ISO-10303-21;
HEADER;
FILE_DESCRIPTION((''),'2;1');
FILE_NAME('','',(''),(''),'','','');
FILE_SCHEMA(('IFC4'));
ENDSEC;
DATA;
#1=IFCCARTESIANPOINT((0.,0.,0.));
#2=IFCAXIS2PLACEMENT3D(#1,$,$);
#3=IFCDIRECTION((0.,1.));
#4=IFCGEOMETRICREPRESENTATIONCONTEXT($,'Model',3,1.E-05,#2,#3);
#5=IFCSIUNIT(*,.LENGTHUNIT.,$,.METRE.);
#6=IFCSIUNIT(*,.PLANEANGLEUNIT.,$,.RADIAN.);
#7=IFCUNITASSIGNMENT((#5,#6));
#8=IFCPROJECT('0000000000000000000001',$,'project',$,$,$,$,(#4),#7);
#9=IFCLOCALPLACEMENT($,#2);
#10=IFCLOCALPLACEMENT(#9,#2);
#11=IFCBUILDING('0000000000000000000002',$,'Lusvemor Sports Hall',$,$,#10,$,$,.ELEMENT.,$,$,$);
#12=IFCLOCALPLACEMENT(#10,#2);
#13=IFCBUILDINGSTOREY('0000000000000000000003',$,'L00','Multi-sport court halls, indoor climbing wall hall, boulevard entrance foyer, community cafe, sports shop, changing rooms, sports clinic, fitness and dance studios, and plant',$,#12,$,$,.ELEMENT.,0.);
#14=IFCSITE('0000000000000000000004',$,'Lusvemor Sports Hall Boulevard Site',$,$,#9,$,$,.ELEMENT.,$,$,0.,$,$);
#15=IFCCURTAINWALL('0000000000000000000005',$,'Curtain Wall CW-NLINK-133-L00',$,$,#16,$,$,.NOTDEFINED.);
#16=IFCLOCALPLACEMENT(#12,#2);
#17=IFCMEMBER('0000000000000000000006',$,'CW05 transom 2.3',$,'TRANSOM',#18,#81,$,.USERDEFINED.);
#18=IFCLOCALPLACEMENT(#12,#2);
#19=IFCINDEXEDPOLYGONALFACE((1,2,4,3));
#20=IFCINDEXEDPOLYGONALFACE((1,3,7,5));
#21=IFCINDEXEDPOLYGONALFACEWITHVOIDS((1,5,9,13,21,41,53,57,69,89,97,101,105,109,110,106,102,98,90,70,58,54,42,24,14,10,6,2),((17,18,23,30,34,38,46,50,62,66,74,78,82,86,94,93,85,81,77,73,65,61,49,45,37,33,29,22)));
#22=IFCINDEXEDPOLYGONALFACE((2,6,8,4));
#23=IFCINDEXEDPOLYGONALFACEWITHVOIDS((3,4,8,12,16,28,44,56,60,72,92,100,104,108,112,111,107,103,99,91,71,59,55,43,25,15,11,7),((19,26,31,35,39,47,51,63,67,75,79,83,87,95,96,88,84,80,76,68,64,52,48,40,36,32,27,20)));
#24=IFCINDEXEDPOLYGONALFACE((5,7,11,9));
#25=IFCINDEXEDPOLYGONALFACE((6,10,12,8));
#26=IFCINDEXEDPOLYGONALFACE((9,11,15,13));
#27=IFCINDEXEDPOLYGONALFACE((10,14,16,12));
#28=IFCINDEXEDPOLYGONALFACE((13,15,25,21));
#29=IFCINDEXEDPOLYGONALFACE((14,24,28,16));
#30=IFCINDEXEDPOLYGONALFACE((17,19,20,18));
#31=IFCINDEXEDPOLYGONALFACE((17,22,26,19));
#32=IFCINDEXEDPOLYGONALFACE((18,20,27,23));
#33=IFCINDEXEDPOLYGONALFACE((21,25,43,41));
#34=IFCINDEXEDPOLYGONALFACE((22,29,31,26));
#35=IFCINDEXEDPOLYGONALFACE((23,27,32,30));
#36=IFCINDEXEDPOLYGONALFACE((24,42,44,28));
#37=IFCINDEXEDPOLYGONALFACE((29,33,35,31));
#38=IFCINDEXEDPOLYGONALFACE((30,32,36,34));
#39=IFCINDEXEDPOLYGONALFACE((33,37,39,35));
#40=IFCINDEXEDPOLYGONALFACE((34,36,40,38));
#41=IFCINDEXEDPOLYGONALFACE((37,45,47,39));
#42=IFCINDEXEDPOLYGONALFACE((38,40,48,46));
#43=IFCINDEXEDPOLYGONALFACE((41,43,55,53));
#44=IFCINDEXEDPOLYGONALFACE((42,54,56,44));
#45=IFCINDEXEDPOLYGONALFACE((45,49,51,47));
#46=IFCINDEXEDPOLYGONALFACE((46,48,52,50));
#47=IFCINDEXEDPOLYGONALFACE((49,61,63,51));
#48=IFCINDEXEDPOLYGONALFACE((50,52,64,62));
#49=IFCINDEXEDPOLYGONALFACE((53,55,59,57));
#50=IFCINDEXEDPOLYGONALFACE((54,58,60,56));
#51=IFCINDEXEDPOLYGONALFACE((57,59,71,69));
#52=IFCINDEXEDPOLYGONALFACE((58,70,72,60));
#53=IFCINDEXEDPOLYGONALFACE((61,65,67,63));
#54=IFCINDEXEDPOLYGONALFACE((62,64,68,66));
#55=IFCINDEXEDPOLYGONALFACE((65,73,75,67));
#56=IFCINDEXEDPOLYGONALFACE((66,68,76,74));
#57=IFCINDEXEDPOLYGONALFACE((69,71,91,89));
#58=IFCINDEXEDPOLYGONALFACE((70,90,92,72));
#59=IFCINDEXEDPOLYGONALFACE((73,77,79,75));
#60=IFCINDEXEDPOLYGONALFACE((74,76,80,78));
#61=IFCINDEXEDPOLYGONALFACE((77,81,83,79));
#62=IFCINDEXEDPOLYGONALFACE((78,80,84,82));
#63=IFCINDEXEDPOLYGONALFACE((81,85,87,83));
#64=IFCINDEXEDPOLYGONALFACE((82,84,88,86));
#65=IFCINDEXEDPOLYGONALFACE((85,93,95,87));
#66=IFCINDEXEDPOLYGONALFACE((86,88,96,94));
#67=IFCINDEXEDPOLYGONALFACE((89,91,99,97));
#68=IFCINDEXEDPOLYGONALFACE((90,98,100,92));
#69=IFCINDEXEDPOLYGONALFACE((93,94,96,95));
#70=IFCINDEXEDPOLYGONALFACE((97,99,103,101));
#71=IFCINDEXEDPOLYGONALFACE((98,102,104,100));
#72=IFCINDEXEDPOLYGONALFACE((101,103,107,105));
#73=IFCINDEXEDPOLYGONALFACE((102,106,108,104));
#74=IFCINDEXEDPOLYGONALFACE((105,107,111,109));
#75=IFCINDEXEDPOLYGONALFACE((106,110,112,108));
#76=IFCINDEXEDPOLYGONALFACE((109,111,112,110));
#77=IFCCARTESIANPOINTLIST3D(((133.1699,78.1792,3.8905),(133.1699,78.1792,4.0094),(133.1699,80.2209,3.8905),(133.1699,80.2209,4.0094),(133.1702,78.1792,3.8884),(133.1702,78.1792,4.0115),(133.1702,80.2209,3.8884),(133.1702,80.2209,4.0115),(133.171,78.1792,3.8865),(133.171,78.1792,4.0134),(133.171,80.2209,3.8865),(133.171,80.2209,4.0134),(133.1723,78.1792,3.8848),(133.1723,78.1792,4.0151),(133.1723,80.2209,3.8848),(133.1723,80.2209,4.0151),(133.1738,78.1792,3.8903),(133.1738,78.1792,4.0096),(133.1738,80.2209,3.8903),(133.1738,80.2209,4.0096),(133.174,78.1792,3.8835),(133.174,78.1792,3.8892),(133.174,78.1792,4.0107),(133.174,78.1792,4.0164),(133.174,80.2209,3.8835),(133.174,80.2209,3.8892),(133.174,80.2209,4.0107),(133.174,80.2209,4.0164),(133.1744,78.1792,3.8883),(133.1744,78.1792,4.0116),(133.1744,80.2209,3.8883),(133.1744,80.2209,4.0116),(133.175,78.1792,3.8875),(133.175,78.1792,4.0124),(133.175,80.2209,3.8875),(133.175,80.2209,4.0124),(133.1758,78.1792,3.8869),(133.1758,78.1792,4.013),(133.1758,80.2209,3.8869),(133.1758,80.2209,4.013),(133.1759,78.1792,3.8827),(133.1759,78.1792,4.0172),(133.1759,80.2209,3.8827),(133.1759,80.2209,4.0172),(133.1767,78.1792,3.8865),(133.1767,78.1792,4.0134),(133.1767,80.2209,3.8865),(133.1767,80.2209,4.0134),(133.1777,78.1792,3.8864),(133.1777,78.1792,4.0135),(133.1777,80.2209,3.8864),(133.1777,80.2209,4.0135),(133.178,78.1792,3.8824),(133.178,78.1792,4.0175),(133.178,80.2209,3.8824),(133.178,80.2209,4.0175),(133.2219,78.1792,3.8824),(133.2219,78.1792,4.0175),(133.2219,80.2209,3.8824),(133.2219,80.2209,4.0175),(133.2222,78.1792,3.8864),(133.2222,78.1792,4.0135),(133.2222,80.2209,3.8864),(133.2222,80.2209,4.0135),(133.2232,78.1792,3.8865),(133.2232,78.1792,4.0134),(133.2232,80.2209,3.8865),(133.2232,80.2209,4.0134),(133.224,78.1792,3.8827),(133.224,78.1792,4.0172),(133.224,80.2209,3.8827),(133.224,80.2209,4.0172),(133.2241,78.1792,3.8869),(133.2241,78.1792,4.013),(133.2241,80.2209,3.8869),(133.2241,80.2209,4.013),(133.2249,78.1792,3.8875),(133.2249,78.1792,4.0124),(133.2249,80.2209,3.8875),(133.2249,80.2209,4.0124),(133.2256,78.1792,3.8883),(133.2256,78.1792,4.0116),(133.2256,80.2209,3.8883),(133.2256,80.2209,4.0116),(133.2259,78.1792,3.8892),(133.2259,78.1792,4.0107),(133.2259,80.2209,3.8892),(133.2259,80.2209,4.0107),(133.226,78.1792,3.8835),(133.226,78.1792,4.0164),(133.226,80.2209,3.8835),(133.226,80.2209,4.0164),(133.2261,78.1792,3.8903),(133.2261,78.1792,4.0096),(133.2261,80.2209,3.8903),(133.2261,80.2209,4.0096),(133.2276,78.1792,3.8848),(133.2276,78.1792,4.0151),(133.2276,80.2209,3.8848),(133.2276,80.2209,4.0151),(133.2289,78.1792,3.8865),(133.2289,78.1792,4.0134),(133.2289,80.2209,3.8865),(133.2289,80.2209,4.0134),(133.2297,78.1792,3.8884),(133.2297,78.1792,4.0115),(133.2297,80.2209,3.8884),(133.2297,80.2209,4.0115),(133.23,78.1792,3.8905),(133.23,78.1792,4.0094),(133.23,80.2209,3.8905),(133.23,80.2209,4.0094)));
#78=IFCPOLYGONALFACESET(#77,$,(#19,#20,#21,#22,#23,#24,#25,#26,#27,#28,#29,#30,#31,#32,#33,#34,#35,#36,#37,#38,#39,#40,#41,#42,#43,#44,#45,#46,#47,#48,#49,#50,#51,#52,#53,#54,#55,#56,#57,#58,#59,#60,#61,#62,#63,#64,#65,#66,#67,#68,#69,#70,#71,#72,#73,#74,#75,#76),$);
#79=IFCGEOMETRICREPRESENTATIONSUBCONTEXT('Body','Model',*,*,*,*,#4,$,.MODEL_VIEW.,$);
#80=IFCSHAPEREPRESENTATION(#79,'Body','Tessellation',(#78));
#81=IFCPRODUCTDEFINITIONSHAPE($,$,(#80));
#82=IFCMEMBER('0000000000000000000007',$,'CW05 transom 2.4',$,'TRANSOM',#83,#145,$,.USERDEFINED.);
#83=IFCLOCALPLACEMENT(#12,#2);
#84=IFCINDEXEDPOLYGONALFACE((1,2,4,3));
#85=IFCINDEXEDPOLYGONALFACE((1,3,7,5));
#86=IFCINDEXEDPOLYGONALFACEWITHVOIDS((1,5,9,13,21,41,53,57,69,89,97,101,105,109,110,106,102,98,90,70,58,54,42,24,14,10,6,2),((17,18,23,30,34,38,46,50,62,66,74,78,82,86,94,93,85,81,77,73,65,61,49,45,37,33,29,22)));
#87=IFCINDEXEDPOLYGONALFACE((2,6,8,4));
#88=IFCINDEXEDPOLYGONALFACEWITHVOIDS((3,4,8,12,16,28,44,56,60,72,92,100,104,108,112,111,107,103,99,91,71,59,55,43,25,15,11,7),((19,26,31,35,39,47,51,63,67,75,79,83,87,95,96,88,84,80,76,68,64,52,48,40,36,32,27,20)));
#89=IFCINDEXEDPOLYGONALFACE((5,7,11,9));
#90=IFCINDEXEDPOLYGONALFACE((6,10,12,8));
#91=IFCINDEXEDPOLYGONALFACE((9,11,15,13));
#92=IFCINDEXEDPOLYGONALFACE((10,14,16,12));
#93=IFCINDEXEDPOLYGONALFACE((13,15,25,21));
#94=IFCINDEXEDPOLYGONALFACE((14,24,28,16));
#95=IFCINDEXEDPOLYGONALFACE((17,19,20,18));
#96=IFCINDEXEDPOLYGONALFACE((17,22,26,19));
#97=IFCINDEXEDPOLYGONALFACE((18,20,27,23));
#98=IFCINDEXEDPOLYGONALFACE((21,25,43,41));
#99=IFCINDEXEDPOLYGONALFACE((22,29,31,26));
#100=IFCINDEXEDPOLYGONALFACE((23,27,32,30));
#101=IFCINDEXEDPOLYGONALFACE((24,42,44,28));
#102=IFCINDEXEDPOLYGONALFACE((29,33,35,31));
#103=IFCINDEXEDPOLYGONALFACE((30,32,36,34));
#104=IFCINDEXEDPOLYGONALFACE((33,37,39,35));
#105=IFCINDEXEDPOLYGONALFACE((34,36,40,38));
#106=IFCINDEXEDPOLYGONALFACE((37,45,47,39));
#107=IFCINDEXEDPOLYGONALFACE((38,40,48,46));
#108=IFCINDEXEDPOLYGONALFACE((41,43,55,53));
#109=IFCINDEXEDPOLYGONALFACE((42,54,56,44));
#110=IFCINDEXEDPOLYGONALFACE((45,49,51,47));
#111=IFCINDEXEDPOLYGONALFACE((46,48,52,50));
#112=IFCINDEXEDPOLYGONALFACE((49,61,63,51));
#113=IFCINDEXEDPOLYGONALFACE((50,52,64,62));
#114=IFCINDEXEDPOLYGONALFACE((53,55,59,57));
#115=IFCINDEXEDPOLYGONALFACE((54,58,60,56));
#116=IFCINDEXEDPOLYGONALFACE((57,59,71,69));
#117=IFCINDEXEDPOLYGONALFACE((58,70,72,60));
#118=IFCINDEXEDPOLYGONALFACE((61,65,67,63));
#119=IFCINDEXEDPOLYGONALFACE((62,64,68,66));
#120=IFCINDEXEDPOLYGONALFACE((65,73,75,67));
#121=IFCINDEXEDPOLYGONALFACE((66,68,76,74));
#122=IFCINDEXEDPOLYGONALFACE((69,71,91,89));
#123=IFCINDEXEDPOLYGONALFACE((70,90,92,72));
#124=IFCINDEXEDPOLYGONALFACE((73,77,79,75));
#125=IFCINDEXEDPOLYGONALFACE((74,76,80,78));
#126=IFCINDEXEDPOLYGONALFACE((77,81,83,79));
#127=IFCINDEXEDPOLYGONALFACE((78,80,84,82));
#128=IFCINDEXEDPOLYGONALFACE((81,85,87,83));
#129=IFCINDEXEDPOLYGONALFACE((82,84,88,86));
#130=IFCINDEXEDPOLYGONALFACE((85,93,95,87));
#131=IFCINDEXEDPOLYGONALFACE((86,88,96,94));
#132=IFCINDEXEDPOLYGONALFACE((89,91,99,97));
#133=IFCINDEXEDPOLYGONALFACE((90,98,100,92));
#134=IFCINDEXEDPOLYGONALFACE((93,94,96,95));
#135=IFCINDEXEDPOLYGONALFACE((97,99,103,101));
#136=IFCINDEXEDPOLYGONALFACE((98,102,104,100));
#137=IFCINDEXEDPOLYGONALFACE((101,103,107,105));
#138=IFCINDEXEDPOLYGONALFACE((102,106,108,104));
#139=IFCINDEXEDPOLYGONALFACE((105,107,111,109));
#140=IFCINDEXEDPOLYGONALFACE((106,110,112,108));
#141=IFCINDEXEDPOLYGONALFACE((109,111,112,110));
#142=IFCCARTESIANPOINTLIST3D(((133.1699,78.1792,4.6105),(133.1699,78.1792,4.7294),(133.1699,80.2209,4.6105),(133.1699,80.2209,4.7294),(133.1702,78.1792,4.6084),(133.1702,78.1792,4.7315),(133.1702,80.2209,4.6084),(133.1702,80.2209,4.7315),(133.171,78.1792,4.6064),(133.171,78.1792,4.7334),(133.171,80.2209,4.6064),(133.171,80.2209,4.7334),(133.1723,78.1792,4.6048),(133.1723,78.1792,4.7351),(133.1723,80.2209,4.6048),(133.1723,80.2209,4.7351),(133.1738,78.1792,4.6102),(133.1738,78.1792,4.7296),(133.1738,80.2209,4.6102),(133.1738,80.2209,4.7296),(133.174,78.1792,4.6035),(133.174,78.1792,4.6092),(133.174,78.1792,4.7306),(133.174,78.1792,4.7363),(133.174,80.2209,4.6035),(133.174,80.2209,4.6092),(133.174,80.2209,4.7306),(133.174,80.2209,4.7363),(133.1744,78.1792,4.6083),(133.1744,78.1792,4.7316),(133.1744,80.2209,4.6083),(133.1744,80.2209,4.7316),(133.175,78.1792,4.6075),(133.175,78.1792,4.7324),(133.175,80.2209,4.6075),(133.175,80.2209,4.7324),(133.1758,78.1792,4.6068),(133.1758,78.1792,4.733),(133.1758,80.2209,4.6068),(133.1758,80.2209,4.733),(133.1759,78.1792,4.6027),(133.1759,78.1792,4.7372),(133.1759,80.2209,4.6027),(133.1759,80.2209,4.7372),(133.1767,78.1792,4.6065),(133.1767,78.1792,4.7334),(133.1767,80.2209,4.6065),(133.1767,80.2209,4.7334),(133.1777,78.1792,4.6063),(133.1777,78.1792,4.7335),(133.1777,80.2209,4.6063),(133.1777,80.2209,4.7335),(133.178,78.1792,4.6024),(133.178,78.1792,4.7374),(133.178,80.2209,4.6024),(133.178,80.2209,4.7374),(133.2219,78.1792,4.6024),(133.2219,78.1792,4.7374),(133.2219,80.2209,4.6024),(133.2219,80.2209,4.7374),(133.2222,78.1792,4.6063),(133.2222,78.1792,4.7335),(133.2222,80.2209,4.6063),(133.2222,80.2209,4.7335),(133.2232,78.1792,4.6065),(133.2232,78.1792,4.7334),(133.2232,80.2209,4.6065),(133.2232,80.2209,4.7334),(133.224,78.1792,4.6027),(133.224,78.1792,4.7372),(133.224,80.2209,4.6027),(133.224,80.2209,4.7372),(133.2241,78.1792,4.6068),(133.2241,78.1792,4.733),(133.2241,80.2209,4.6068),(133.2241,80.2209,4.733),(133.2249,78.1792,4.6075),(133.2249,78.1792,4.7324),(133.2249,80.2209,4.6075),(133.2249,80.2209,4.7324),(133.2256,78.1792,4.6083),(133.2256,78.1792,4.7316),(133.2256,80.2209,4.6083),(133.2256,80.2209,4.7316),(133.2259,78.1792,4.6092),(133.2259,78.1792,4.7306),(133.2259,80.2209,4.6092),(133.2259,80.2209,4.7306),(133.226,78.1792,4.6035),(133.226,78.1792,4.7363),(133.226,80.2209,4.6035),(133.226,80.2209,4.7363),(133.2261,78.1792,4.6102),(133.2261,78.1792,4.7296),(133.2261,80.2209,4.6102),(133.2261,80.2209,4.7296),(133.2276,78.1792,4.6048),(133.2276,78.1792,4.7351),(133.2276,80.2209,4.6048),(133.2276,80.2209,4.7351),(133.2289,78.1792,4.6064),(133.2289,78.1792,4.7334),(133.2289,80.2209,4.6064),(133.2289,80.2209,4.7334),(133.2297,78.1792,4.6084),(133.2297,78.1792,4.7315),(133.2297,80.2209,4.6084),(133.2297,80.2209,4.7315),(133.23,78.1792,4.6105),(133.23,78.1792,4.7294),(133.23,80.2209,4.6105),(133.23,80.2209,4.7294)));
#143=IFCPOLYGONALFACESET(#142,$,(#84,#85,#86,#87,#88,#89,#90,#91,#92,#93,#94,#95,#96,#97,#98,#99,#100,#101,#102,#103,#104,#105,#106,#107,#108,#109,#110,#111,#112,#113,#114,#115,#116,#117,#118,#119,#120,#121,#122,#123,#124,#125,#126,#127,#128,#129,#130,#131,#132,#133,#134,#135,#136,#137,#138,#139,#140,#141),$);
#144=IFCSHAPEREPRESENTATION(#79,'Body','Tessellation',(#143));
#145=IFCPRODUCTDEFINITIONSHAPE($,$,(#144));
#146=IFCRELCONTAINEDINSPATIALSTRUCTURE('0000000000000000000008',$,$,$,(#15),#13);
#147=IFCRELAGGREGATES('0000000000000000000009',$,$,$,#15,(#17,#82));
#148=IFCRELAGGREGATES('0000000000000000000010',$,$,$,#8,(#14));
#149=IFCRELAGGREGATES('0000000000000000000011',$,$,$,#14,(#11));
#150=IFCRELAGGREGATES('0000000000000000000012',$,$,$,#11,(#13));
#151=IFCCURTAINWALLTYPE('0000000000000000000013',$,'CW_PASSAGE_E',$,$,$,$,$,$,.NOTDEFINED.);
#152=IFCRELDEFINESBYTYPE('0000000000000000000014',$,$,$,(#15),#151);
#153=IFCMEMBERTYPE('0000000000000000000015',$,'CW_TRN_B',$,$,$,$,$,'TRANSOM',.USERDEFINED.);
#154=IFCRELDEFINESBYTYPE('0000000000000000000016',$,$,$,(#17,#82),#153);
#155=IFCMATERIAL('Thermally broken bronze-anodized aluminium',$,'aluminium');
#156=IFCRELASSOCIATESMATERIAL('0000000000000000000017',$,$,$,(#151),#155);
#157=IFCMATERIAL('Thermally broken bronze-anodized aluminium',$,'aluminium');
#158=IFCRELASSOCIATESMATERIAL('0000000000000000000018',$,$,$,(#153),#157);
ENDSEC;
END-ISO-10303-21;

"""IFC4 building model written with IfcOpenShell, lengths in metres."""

from ifc_helpers import new_model, si_unit, direction, frame, origin, origin_2d, place, context, subcontext, project, spatial, hollow_rectangle, extrude, material, material_profile, profile_set, type_object, element, aggregate, save


model = new_model("IFC4")

# Units and contexts
model_context = context("Model", 3, precision=1e-05, world=origin(), true_north=direction((0.0, 1.0)))
body_context = subcontext(model_context, "Body", "Model", "MODEL_VIEW")
ifc_project = project(units=[si_unit("LENGTHUNIT", "METRE"), si_unit("PLANEANGLEUNIT", "RADIAN")], contexts=[model_context])

# Site, building, storey
site_placement = place(None, origin())
site = spatial("IfcSite", under=ifc_project, at=site_placement, Name="Lusvemor Sports Hall Boulevard Site", CompositionType="ELEMENT", RefElevation=0.0)
building_placement = place(site_placement, origin())
building = spatial("IfcBuilding", under=site, at=building_placement, Name="Lusvemor Sports Hall", CompositionType="ELEMENT")
storey_placement = place(building_placement, origin())
storey = spatial("IfcBuildingStorey", under=building, at=storey_placement, Name="L00", Description="Multi-sport court halls, indoor climbing wall hall, boulevard entrance foyer, community cafe, sports shop, changing rooms, sports clinic, fitness and dance studios, and plant", CompositionType="ELEMENT", Elevation=0.0)

# Curtain wall, members
ifc_material_1 = material(Name="Thermally broken bronze-anodized aluminium", Category="aluminium")
curtain_wall_type_1 = type_object("IfcCurtainWallType", Name="CW_PASSAGE_E", PredefinedType="NOTDEFINED", material=ifc_material_1)
curtain_wall_1_placement = place(storey_placement, origin())
curtain_wall_1 = element("IfcCurtainWall", 1, at=curtain_wall_1_placement, inside=storey, type_object=curtain_wall_type_1, Name="Curtain Wall CW-NLINK-133-L00", PredefinedType="NOTDEFINED")
ifc_material_2 = material(Name="Thermally broken bronze-anodized aluminium", Category="aluminium")
ifc_material_profile_1 = material_profile(ifc_material_2, hollow_rectangle(XDim=0.0601, YDim=0.135, WallThickness=0.0039, InnerFilletRadius=0.0039, OuterFilletRadius=0.0081, at=origin_2d()), Name="CWTRN135x60x4")
ifc_profile_set_1 = profile_set([ifc_material_profile_1], Name="Thermally broken bronze-anodized aluminium")
member_type_1 = type_object("IfcMemberType", Name="CW_TRN_B", ElementType="TRANSOM", PredefinedType="USERDEFINED", material=ifc_profile_set_1)
member_1_placement = place(storey_placement, frame((133.2, 78.1792, 3.95), z_axis=(0.0, 1.0, 0.0), x_axis=(-1.0, 0.0, 0.0)))
member_1 = element("IfcMember", 2, at=member_1_placement, type_object=member_type_1, Name="CW05 transom 2.3", ObjectType="TRANSOM", PredefinedType="USERDEFINED", context=body_context, shape_type="SweptSolid", body=[
    extrude(hollow_rectangle(XDim=0.0601, YDim=0.135, WallThickness=0.0039, InnerFilletRadius=0.0039, OuterFilletRadius=0.0081, at=origin_2d()), origin(), (0.0, 0.0, 1.0), 2.0417),
])
member_2_placement = place(storey_placement, frame((133.2, 78.1792, 4.6699), z_axis=(0.0, 1.0, 0.0), x_axis=(-1.0, 0.0, 0.0)))
member_2 = element("IfcMember", 3, at=member_2_placement, type_object=member_type_1, Name="CW05 transom 2.4", ObjectType="TRANSOM", PredefinedType="USERDEFINED", context=body_context, shape_type="SweptSolid", body=[
    extrude(hollow_rectangle(XDim=0.0601, YDim=0.135, WallThickness=0.0039, InnerFilletRadius=0.0039, OuterFilletRadius=0.0081, at=origin_2d()), origin(), (0.0, 0.0, 1.0), 2.0417),
])

aggregate(curtain_wall_1, [member_1, member_2])

save(model, "model.ifc")
